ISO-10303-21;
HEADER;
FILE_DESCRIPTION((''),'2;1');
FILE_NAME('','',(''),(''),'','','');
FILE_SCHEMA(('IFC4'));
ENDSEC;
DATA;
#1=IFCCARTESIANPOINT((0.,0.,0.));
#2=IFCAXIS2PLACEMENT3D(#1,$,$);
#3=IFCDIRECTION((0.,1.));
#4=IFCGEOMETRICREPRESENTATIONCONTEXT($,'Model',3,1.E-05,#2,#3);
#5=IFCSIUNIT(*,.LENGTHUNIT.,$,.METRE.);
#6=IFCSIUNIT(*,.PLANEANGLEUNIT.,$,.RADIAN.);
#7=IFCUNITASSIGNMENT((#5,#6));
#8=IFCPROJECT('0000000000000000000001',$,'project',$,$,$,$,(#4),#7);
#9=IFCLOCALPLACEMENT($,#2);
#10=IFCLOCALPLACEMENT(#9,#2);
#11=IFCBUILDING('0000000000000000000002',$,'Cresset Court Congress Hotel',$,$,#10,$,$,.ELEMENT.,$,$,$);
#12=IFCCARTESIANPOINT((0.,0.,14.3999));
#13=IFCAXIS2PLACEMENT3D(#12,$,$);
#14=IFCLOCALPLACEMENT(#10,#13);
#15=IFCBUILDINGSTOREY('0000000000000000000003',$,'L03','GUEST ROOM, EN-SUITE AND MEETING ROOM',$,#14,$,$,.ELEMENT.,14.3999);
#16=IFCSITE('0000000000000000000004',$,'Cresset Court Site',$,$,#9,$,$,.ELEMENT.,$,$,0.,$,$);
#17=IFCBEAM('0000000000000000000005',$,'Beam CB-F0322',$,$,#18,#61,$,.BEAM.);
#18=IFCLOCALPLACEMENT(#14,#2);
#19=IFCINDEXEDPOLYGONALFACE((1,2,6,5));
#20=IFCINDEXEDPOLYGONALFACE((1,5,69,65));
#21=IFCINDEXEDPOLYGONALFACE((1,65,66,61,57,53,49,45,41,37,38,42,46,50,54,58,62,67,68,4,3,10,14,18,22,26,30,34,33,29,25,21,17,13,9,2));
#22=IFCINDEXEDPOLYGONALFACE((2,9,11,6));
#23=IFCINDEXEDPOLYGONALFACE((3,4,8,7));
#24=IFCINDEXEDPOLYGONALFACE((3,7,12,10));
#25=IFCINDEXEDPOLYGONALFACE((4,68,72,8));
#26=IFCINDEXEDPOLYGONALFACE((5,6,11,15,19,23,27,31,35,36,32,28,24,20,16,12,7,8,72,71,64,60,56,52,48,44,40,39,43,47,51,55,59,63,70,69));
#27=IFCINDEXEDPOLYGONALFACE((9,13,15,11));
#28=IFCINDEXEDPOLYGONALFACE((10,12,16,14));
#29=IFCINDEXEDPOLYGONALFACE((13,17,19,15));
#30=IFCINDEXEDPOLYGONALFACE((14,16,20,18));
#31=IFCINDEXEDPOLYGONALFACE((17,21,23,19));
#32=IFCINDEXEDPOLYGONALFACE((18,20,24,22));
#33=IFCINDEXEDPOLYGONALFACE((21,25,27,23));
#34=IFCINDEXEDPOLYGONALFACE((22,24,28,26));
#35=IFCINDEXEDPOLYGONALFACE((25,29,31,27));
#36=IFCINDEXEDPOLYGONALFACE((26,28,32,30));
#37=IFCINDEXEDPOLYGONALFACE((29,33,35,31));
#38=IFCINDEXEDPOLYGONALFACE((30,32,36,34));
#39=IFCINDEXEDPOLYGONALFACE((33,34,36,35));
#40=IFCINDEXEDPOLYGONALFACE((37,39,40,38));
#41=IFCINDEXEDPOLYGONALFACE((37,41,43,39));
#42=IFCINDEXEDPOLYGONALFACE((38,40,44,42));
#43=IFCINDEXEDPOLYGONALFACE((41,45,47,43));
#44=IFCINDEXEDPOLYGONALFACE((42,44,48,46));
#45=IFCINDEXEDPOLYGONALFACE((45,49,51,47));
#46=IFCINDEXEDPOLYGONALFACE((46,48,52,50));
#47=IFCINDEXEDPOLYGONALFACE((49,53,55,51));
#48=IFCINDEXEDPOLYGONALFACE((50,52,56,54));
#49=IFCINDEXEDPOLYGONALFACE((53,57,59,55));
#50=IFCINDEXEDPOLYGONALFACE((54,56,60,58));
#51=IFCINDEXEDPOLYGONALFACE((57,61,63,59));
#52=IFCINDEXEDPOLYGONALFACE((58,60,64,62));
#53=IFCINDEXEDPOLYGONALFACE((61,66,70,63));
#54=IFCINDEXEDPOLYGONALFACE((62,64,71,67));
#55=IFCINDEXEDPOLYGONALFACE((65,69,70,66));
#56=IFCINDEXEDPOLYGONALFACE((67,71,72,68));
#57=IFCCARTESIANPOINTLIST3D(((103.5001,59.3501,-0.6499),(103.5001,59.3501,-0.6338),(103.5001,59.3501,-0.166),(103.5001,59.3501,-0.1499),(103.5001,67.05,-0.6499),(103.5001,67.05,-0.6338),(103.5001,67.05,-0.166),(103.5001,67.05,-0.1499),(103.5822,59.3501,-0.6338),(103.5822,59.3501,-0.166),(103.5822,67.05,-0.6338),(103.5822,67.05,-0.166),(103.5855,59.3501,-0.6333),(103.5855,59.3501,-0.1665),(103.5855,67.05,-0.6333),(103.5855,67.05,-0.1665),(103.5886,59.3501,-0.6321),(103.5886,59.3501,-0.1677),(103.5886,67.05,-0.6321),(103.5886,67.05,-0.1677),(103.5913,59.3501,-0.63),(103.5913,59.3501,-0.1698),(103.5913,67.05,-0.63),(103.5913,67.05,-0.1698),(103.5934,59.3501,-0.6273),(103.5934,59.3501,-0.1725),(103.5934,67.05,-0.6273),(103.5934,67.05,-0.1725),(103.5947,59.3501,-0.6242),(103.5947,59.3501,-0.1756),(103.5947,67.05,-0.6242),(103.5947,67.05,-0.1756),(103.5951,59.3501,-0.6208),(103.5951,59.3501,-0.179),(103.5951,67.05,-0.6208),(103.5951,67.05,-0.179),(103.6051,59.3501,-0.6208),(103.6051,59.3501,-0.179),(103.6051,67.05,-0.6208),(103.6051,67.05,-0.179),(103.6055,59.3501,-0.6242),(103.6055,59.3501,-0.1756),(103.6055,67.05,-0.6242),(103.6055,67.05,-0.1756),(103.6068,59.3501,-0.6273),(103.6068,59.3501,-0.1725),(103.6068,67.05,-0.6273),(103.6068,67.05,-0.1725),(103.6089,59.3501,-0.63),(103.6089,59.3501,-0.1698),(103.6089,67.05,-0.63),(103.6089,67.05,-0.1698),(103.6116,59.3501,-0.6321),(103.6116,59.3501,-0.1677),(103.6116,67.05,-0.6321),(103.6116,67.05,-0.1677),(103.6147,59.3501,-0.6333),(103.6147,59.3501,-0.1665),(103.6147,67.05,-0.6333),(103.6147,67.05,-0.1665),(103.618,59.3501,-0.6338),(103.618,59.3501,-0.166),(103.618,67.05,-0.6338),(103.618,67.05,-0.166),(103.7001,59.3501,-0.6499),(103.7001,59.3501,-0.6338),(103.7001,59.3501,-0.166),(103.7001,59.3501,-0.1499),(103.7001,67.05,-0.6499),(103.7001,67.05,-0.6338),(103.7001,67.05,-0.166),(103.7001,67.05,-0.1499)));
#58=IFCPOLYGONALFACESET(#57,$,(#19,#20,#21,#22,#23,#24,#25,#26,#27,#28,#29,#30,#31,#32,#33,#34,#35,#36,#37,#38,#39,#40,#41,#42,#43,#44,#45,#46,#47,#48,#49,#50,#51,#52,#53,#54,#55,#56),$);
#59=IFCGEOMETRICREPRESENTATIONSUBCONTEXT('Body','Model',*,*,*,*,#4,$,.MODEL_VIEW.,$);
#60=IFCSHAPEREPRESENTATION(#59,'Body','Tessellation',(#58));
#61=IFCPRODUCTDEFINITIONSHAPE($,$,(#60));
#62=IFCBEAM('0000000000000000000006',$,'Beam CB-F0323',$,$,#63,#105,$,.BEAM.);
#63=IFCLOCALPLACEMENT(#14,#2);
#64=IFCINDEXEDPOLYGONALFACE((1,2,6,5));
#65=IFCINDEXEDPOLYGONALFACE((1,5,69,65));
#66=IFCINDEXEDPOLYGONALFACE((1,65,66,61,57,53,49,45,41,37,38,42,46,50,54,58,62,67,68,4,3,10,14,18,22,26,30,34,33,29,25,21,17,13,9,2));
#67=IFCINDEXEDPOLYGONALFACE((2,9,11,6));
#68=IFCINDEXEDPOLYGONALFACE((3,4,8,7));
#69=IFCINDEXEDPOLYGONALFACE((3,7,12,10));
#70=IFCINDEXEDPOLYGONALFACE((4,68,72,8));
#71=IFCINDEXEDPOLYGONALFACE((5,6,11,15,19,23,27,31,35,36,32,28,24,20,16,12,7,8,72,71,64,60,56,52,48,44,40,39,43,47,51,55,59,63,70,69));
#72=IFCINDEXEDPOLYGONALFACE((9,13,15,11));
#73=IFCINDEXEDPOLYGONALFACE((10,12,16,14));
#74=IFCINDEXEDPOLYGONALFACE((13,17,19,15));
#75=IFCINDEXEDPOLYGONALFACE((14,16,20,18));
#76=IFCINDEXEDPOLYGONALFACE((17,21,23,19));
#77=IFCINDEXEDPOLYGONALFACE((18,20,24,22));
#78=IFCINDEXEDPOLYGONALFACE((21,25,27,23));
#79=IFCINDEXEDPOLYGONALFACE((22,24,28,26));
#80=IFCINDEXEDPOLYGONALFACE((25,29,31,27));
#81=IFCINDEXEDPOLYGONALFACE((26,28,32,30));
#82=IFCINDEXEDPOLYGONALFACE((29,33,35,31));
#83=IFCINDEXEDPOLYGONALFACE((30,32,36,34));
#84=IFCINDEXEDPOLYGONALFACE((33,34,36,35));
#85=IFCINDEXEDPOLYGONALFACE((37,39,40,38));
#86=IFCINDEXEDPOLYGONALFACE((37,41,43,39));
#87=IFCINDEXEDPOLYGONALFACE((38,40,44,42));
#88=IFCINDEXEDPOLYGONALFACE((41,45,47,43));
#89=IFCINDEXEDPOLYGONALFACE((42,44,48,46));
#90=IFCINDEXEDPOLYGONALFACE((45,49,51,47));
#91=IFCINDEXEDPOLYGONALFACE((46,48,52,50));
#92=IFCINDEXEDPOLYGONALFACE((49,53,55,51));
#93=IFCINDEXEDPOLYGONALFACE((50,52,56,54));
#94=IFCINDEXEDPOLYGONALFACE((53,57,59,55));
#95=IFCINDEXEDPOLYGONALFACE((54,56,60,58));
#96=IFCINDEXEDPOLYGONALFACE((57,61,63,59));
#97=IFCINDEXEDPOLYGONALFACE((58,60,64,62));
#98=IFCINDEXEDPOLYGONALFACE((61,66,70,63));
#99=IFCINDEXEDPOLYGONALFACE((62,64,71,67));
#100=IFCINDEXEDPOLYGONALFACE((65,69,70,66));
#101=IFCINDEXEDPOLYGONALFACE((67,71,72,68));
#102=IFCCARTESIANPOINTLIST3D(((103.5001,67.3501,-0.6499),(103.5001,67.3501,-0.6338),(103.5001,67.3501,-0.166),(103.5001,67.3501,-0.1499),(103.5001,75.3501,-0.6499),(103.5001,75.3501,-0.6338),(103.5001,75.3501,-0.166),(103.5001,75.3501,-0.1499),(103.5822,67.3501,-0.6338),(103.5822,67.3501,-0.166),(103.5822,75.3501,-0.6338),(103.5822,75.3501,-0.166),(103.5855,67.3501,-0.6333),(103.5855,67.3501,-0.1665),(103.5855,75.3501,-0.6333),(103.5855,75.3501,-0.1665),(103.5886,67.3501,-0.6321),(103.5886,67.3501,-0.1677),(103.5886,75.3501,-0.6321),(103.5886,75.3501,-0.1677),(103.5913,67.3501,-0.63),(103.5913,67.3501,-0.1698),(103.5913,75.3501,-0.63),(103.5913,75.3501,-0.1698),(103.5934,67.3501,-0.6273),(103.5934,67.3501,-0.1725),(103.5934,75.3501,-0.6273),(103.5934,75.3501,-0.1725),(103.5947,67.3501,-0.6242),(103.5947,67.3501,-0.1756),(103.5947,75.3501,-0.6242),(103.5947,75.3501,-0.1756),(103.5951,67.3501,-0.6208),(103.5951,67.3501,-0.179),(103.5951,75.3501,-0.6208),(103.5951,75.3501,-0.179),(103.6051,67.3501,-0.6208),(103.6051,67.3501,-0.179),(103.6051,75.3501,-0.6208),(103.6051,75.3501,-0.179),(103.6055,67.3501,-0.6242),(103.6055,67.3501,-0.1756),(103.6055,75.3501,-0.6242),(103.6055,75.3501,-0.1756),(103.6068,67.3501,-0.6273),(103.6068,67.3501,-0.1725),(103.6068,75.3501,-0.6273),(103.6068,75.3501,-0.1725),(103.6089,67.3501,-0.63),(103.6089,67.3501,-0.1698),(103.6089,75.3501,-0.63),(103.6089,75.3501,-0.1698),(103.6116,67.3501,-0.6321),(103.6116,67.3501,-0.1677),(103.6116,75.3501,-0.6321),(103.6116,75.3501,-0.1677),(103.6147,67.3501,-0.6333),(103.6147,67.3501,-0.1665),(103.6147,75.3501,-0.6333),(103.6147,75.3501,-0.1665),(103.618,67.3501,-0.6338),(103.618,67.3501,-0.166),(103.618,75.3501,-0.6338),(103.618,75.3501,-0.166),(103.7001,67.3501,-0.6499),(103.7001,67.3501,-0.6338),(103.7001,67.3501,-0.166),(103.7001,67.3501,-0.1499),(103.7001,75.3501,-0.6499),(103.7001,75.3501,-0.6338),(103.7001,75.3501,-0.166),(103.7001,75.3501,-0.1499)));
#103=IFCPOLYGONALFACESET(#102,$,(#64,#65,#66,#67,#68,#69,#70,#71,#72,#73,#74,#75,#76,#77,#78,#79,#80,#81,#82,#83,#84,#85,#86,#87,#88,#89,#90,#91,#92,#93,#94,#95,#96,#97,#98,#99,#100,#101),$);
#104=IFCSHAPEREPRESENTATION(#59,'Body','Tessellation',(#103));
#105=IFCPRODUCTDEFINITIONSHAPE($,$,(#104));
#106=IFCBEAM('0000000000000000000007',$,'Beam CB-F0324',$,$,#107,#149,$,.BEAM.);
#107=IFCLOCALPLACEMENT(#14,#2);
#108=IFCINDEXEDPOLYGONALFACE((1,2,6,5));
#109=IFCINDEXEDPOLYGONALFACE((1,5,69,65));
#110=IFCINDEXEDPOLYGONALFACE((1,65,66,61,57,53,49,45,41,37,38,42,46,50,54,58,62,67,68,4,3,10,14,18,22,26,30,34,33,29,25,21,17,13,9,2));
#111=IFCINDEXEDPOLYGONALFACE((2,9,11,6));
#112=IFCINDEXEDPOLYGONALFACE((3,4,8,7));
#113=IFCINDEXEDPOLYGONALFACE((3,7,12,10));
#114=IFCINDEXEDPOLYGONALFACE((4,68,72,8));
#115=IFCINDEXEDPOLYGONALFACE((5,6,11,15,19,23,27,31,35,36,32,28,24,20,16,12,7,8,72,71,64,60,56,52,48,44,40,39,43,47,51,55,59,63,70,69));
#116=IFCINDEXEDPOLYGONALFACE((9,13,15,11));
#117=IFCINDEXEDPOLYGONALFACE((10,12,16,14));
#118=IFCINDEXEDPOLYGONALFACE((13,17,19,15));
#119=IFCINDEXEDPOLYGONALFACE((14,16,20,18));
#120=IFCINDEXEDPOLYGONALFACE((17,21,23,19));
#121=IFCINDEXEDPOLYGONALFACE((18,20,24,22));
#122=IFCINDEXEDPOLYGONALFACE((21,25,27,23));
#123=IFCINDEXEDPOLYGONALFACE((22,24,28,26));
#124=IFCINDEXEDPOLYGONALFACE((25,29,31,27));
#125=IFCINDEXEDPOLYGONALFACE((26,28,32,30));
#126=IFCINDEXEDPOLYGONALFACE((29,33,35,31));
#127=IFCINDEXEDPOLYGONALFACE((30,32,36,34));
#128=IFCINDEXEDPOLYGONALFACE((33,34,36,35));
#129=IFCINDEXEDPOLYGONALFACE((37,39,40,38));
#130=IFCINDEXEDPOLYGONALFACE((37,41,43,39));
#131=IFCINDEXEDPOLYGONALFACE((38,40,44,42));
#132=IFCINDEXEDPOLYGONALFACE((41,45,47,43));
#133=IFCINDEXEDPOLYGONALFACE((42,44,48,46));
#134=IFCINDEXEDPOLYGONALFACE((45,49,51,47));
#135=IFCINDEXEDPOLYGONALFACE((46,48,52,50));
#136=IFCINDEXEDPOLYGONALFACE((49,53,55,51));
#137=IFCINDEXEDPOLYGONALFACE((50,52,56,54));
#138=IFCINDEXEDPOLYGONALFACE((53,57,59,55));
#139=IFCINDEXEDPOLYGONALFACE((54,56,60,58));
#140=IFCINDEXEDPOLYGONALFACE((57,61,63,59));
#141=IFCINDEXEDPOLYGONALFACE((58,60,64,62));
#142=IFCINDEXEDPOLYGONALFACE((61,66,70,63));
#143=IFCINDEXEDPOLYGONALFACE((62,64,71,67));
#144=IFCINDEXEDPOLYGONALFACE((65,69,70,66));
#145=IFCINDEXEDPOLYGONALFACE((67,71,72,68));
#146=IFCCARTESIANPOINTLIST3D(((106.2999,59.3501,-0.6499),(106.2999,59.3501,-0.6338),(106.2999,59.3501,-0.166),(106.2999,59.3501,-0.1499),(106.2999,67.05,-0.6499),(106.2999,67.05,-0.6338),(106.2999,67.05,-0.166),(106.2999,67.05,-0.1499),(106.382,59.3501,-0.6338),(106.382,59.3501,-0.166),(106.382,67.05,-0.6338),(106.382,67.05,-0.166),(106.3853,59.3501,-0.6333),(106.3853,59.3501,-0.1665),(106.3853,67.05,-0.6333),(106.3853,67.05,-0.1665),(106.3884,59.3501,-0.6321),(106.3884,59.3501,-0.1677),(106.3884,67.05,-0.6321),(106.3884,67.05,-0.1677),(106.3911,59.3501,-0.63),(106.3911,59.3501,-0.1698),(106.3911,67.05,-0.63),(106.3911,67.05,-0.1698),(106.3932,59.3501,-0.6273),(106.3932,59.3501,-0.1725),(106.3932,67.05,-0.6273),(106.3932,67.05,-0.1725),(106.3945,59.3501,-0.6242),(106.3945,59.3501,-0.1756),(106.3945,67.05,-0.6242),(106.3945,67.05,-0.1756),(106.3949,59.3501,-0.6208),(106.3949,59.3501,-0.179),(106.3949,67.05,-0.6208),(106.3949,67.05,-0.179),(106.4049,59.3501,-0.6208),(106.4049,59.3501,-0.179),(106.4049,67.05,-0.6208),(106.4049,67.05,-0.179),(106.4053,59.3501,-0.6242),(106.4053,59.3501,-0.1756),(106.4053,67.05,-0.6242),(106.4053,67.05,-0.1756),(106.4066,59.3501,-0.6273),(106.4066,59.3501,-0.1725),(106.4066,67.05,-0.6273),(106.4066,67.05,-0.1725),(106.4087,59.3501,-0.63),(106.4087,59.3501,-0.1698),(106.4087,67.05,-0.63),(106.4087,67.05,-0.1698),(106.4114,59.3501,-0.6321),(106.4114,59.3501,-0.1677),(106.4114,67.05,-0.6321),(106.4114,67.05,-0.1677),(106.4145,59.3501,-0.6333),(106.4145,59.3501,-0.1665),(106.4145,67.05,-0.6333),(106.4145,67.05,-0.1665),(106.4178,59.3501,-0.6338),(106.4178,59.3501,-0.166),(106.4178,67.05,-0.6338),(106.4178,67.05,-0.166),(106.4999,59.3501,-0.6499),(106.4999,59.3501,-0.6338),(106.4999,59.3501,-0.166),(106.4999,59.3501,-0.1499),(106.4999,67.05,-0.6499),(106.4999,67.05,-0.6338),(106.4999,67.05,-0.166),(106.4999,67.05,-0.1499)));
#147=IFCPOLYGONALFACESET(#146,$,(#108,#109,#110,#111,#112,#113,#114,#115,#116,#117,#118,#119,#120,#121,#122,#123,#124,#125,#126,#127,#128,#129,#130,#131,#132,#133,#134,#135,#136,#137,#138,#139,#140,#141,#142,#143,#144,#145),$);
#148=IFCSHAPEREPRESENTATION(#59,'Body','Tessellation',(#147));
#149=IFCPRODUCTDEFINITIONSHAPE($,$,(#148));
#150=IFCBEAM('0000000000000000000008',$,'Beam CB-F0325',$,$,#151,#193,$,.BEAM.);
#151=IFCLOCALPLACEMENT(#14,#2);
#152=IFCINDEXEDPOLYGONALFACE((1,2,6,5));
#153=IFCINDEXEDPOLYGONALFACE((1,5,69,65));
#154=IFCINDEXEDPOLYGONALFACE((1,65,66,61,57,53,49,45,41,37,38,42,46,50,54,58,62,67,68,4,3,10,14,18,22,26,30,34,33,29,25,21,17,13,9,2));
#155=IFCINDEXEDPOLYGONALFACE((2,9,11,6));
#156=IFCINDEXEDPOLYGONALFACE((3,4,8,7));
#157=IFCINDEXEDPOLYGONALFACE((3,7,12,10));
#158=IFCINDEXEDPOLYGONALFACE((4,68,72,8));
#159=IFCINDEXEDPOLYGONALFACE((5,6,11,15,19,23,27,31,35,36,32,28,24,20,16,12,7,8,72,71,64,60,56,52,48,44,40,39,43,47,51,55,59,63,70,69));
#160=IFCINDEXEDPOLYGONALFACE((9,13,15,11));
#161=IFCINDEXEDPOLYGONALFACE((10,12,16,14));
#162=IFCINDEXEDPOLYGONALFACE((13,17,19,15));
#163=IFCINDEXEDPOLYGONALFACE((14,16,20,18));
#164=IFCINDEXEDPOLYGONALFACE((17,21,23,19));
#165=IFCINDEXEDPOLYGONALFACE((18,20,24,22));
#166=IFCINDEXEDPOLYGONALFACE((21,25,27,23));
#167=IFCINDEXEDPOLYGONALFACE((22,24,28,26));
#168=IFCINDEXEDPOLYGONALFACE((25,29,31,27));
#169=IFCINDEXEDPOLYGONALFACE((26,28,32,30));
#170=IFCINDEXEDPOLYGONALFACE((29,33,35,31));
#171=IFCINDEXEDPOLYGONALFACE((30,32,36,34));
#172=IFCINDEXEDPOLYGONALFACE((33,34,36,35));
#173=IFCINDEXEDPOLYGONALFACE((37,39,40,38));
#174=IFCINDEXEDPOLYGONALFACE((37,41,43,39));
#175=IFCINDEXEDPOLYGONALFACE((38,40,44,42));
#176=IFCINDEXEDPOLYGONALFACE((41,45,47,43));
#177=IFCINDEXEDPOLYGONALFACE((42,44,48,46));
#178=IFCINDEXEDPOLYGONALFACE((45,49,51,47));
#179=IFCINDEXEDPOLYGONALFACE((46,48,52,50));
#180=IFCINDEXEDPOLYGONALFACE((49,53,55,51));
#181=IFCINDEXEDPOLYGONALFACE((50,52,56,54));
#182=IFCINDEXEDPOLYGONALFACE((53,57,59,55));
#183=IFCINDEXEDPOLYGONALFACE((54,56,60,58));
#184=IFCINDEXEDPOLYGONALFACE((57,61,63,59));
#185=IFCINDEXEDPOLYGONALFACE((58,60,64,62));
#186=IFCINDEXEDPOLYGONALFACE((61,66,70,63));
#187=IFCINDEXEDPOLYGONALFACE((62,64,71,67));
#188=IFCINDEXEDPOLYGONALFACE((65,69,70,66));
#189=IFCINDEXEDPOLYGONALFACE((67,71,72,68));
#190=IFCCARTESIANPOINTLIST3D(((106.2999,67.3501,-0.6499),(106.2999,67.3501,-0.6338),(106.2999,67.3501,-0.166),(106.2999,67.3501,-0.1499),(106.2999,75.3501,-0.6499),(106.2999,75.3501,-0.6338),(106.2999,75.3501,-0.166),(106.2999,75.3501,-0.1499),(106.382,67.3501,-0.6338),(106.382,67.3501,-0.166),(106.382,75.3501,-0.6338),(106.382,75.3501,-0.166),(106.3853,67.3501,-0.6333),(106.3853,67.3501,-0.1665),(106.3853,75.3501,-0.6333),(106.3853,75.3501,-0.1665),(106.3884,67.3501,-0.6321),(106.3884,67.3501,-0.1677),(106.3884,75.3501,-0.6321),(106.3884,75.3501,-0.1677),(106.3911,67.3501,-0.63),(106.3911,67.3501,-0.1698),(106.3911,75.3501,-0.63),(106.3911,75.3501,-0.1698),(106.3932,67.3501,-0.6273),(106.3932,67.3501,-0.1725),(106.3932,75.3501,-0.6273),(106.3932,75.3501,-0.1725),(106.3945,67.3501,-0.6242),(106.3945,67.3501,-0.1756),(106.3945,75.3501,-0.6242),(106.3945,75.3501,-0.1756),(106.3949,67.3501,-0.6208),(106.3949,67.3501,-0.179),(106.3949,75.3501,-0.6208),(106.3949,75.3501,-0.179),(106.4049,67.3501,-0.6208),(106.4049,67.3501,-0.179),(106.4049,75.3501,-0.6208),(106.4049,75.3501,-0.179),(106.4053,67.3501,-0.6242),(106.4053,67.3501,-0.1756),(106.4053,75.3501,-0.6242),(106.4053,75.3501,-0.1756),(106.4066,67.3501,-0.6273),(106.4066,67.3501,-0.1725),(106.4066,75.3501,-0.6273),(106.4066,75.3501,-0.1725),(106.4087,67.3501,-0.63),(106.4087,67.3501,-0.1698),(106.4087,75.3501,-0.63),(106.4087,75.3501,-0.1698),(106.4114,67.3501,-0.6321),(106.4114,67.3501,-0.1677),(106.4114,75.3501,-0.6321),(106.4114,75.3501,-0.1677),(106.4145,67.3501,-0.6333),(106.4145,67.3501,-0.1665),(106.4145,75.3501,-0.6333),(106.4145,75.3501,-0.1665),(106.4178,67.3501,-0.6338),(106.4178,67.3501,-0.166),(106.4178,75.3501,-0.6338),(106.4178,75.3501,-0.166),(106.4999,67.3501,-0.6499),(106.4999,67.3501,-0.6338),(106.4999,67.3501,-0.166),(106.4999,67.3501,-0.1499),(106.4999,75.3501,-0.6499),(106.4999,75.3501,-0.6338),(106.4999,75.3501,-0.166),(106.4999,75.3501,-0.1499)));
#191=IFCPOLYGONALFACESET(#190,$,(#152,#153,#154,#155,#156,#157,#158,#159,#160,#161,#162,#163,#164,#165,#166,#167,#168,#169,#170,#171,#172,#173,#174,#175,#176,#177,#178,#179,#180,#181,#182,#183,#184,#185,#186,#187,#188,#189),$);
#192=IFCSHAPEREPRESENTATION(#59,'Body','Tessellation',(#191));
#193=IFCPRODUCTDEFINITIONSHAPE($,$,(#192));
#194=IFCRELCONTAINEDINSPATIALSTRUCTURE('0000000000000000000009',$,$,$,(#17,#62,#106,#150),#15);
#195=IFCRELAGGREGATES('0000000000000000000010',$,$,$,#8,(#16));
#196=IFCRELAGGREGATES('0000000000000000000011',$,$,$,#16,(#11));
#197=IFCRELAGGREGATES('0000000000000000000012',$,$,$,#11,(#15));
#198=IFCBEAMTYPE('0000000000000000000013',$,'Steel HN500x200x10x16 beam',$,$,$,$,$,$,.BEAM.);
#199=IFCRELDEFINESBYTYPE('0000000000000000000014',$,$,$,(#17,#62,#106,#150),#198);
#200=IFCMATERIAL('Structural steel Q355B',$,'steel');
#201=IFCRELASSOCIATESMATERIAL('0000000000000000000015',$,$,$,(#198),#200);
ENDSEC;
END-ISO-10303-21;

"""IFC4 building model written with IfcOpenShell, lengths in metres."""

from ifc_helpers import new_model, si_unit, direction, frame, origin, origin_2d, place, context, subcontext, project, spatial, i_section, extrude, material, material_profile, profile_set, type_object, element, save


model = new_model("IFC4")

# Units and contexts
model_context = context("Model", 3, precision=1e-05, world=origin(), true_north=direction((0.0, 1.0)))
body_context = subcontext(model_context, "Body", "Model", "MODEL_VIEW")
ifc_project = project(units=[si_unit("LENGTHUNIT", "METRE"), si_unit("PLANEANGLEUNIT", "RADIAN")], contexts=[model_context])

# Site, building, storey
site_placement = place(None, origin())
site = spatial("IfcSite", under=ifc_project, at=site_placement, Name="Cresset Court Site", CompositionType="ELEMENT", RefElevation=0.0)
building_placement = place(site_placement, origin())
building = spatial("IfcBuilding", under=site, at=building_placement, Name="Cresset Court Congress Hotel", CompositionType="ELEMENT")
storey_placement = place(building_placement, frame((0.0, 0.0, 14.3999)))
storey = spatial("IfcBuildingStorey", under=building, at=storey_placement, Name="L03", Description="GUEST ROOM, EN-SUITE AND MEETING ROOM", CompositionType="ELEMENT", Elevation=14.3999)

# Beams
ifc_material_1 = material(Name="Structural steel Q355B", Category="steel")
ifc_material_profile_1 = material_profile(ifc_material_1, i_section(OverallWidth=0.2, OverallDepth=0.5, WebThickness=0.01, FlangeThickness=0.0161, FilletRadius=0.0129, at=origin_2d()), Name="HN500x200x10x16")
ifc_profile_set_1 = profile_set([ifc_material_profile_1], Name="Structural steel Q355B")
beam_type_1 = type_object("IfcBeamType", Name="Steel HN500x200x10x16 beam", PredefinedType="BEAM", material=ifc_profile_set_1)
beam_1_placement = place(storey_placement, frame((103.6001, 59.3501, -0.3999), z_axis=(0.0, 1.0, 0.0), x_axis=(-1.0, 0.0, 0.0)))
element("IfcBeam", 1, at=beam_1_placement, inside=storey, type_object=beam_type_1, Name="Beam CB-F0322", PredefinedType="BEAM", context=body_context, shape_type="SweptSolid", body=[
    extrude(i_section(OverallWidth=0.2, OverallDepth=0.5, WebThickness=0.01, FlangeThickness=0.0161, FilletRadius=0.0129, at=origin_2d()), origin(), (0.0, 0.0, 1.0), 7.7),
])
beam_2_placement = place(storey_placement, frame((103.6001, 67.3501, -0.3999), z_axis=(0.0, 1.0, 0.0), x_axis=(-1.0, 0.0, 0.0)))
element("IfcBeam", 2, at=beam_2_placement, inside=storey, type_object=beam_type_1, Name="Beam CB-F0323", PredefinedType="BEAM", context=body_context, shape_type="SweptSolid", body=[
    extrude(i_section(OverallWidth=0.2, OverallDepth=0.5, WebThickness=0.01, FlangeThickness=0.0161, FilletRadius=0.0129, at=origin_2d()), origin(), (0.0, 0.0, 1.0), 8.0),
])
beam_3_placement = place(storey_placement, frame((106.3999, 59.3501, -0.3999), z_axis=(0.0, 1.0, 0.0), x_axis=(-1.0, 0.0, 0.0)))
element("IfcBeam", 3, at=beam_3_placement, inside=storey, type_object=beam_type_1, Name="Beam CB-F0324", PredefinedType="BEAM", context=body_context, shape_type="SweptSolid", body=[
    extrude(i_section(OverallWidth=0.2, OverallDepth=0.5, WebThickness=0.01, FlangeThickness=0.0161, FilletRadius=0.0129, at=origin_2d()), origin(), (0.0, 0.0, 1.0), 7.7),
])
beam_4_placement = place(storey_placement, frame((106.3999, 67.3501, -0.3999), z_axis=(0.0, 1.0, 0.0), x_axis=(-1.0, 0.0, 0.0)))
element("IfcBeam", 4, at=beam_4_placement, inside=storey, type_object=beam_type_1, Name="Beam CB-F0325", PredefinedType="BEAM", context=body_context, shape_type="SweptSolid", body=[
    extrude(i_section(OverallWidth=0.2, OverallDepth=0.5, WebThickness=0.01, FlangeThickness=0.0161, FilletRadius=0.0129, at=origin_2d()), origin(), (0.0, 0.0, 1.0), 8.0),
])

save(model, "model.ifc")
